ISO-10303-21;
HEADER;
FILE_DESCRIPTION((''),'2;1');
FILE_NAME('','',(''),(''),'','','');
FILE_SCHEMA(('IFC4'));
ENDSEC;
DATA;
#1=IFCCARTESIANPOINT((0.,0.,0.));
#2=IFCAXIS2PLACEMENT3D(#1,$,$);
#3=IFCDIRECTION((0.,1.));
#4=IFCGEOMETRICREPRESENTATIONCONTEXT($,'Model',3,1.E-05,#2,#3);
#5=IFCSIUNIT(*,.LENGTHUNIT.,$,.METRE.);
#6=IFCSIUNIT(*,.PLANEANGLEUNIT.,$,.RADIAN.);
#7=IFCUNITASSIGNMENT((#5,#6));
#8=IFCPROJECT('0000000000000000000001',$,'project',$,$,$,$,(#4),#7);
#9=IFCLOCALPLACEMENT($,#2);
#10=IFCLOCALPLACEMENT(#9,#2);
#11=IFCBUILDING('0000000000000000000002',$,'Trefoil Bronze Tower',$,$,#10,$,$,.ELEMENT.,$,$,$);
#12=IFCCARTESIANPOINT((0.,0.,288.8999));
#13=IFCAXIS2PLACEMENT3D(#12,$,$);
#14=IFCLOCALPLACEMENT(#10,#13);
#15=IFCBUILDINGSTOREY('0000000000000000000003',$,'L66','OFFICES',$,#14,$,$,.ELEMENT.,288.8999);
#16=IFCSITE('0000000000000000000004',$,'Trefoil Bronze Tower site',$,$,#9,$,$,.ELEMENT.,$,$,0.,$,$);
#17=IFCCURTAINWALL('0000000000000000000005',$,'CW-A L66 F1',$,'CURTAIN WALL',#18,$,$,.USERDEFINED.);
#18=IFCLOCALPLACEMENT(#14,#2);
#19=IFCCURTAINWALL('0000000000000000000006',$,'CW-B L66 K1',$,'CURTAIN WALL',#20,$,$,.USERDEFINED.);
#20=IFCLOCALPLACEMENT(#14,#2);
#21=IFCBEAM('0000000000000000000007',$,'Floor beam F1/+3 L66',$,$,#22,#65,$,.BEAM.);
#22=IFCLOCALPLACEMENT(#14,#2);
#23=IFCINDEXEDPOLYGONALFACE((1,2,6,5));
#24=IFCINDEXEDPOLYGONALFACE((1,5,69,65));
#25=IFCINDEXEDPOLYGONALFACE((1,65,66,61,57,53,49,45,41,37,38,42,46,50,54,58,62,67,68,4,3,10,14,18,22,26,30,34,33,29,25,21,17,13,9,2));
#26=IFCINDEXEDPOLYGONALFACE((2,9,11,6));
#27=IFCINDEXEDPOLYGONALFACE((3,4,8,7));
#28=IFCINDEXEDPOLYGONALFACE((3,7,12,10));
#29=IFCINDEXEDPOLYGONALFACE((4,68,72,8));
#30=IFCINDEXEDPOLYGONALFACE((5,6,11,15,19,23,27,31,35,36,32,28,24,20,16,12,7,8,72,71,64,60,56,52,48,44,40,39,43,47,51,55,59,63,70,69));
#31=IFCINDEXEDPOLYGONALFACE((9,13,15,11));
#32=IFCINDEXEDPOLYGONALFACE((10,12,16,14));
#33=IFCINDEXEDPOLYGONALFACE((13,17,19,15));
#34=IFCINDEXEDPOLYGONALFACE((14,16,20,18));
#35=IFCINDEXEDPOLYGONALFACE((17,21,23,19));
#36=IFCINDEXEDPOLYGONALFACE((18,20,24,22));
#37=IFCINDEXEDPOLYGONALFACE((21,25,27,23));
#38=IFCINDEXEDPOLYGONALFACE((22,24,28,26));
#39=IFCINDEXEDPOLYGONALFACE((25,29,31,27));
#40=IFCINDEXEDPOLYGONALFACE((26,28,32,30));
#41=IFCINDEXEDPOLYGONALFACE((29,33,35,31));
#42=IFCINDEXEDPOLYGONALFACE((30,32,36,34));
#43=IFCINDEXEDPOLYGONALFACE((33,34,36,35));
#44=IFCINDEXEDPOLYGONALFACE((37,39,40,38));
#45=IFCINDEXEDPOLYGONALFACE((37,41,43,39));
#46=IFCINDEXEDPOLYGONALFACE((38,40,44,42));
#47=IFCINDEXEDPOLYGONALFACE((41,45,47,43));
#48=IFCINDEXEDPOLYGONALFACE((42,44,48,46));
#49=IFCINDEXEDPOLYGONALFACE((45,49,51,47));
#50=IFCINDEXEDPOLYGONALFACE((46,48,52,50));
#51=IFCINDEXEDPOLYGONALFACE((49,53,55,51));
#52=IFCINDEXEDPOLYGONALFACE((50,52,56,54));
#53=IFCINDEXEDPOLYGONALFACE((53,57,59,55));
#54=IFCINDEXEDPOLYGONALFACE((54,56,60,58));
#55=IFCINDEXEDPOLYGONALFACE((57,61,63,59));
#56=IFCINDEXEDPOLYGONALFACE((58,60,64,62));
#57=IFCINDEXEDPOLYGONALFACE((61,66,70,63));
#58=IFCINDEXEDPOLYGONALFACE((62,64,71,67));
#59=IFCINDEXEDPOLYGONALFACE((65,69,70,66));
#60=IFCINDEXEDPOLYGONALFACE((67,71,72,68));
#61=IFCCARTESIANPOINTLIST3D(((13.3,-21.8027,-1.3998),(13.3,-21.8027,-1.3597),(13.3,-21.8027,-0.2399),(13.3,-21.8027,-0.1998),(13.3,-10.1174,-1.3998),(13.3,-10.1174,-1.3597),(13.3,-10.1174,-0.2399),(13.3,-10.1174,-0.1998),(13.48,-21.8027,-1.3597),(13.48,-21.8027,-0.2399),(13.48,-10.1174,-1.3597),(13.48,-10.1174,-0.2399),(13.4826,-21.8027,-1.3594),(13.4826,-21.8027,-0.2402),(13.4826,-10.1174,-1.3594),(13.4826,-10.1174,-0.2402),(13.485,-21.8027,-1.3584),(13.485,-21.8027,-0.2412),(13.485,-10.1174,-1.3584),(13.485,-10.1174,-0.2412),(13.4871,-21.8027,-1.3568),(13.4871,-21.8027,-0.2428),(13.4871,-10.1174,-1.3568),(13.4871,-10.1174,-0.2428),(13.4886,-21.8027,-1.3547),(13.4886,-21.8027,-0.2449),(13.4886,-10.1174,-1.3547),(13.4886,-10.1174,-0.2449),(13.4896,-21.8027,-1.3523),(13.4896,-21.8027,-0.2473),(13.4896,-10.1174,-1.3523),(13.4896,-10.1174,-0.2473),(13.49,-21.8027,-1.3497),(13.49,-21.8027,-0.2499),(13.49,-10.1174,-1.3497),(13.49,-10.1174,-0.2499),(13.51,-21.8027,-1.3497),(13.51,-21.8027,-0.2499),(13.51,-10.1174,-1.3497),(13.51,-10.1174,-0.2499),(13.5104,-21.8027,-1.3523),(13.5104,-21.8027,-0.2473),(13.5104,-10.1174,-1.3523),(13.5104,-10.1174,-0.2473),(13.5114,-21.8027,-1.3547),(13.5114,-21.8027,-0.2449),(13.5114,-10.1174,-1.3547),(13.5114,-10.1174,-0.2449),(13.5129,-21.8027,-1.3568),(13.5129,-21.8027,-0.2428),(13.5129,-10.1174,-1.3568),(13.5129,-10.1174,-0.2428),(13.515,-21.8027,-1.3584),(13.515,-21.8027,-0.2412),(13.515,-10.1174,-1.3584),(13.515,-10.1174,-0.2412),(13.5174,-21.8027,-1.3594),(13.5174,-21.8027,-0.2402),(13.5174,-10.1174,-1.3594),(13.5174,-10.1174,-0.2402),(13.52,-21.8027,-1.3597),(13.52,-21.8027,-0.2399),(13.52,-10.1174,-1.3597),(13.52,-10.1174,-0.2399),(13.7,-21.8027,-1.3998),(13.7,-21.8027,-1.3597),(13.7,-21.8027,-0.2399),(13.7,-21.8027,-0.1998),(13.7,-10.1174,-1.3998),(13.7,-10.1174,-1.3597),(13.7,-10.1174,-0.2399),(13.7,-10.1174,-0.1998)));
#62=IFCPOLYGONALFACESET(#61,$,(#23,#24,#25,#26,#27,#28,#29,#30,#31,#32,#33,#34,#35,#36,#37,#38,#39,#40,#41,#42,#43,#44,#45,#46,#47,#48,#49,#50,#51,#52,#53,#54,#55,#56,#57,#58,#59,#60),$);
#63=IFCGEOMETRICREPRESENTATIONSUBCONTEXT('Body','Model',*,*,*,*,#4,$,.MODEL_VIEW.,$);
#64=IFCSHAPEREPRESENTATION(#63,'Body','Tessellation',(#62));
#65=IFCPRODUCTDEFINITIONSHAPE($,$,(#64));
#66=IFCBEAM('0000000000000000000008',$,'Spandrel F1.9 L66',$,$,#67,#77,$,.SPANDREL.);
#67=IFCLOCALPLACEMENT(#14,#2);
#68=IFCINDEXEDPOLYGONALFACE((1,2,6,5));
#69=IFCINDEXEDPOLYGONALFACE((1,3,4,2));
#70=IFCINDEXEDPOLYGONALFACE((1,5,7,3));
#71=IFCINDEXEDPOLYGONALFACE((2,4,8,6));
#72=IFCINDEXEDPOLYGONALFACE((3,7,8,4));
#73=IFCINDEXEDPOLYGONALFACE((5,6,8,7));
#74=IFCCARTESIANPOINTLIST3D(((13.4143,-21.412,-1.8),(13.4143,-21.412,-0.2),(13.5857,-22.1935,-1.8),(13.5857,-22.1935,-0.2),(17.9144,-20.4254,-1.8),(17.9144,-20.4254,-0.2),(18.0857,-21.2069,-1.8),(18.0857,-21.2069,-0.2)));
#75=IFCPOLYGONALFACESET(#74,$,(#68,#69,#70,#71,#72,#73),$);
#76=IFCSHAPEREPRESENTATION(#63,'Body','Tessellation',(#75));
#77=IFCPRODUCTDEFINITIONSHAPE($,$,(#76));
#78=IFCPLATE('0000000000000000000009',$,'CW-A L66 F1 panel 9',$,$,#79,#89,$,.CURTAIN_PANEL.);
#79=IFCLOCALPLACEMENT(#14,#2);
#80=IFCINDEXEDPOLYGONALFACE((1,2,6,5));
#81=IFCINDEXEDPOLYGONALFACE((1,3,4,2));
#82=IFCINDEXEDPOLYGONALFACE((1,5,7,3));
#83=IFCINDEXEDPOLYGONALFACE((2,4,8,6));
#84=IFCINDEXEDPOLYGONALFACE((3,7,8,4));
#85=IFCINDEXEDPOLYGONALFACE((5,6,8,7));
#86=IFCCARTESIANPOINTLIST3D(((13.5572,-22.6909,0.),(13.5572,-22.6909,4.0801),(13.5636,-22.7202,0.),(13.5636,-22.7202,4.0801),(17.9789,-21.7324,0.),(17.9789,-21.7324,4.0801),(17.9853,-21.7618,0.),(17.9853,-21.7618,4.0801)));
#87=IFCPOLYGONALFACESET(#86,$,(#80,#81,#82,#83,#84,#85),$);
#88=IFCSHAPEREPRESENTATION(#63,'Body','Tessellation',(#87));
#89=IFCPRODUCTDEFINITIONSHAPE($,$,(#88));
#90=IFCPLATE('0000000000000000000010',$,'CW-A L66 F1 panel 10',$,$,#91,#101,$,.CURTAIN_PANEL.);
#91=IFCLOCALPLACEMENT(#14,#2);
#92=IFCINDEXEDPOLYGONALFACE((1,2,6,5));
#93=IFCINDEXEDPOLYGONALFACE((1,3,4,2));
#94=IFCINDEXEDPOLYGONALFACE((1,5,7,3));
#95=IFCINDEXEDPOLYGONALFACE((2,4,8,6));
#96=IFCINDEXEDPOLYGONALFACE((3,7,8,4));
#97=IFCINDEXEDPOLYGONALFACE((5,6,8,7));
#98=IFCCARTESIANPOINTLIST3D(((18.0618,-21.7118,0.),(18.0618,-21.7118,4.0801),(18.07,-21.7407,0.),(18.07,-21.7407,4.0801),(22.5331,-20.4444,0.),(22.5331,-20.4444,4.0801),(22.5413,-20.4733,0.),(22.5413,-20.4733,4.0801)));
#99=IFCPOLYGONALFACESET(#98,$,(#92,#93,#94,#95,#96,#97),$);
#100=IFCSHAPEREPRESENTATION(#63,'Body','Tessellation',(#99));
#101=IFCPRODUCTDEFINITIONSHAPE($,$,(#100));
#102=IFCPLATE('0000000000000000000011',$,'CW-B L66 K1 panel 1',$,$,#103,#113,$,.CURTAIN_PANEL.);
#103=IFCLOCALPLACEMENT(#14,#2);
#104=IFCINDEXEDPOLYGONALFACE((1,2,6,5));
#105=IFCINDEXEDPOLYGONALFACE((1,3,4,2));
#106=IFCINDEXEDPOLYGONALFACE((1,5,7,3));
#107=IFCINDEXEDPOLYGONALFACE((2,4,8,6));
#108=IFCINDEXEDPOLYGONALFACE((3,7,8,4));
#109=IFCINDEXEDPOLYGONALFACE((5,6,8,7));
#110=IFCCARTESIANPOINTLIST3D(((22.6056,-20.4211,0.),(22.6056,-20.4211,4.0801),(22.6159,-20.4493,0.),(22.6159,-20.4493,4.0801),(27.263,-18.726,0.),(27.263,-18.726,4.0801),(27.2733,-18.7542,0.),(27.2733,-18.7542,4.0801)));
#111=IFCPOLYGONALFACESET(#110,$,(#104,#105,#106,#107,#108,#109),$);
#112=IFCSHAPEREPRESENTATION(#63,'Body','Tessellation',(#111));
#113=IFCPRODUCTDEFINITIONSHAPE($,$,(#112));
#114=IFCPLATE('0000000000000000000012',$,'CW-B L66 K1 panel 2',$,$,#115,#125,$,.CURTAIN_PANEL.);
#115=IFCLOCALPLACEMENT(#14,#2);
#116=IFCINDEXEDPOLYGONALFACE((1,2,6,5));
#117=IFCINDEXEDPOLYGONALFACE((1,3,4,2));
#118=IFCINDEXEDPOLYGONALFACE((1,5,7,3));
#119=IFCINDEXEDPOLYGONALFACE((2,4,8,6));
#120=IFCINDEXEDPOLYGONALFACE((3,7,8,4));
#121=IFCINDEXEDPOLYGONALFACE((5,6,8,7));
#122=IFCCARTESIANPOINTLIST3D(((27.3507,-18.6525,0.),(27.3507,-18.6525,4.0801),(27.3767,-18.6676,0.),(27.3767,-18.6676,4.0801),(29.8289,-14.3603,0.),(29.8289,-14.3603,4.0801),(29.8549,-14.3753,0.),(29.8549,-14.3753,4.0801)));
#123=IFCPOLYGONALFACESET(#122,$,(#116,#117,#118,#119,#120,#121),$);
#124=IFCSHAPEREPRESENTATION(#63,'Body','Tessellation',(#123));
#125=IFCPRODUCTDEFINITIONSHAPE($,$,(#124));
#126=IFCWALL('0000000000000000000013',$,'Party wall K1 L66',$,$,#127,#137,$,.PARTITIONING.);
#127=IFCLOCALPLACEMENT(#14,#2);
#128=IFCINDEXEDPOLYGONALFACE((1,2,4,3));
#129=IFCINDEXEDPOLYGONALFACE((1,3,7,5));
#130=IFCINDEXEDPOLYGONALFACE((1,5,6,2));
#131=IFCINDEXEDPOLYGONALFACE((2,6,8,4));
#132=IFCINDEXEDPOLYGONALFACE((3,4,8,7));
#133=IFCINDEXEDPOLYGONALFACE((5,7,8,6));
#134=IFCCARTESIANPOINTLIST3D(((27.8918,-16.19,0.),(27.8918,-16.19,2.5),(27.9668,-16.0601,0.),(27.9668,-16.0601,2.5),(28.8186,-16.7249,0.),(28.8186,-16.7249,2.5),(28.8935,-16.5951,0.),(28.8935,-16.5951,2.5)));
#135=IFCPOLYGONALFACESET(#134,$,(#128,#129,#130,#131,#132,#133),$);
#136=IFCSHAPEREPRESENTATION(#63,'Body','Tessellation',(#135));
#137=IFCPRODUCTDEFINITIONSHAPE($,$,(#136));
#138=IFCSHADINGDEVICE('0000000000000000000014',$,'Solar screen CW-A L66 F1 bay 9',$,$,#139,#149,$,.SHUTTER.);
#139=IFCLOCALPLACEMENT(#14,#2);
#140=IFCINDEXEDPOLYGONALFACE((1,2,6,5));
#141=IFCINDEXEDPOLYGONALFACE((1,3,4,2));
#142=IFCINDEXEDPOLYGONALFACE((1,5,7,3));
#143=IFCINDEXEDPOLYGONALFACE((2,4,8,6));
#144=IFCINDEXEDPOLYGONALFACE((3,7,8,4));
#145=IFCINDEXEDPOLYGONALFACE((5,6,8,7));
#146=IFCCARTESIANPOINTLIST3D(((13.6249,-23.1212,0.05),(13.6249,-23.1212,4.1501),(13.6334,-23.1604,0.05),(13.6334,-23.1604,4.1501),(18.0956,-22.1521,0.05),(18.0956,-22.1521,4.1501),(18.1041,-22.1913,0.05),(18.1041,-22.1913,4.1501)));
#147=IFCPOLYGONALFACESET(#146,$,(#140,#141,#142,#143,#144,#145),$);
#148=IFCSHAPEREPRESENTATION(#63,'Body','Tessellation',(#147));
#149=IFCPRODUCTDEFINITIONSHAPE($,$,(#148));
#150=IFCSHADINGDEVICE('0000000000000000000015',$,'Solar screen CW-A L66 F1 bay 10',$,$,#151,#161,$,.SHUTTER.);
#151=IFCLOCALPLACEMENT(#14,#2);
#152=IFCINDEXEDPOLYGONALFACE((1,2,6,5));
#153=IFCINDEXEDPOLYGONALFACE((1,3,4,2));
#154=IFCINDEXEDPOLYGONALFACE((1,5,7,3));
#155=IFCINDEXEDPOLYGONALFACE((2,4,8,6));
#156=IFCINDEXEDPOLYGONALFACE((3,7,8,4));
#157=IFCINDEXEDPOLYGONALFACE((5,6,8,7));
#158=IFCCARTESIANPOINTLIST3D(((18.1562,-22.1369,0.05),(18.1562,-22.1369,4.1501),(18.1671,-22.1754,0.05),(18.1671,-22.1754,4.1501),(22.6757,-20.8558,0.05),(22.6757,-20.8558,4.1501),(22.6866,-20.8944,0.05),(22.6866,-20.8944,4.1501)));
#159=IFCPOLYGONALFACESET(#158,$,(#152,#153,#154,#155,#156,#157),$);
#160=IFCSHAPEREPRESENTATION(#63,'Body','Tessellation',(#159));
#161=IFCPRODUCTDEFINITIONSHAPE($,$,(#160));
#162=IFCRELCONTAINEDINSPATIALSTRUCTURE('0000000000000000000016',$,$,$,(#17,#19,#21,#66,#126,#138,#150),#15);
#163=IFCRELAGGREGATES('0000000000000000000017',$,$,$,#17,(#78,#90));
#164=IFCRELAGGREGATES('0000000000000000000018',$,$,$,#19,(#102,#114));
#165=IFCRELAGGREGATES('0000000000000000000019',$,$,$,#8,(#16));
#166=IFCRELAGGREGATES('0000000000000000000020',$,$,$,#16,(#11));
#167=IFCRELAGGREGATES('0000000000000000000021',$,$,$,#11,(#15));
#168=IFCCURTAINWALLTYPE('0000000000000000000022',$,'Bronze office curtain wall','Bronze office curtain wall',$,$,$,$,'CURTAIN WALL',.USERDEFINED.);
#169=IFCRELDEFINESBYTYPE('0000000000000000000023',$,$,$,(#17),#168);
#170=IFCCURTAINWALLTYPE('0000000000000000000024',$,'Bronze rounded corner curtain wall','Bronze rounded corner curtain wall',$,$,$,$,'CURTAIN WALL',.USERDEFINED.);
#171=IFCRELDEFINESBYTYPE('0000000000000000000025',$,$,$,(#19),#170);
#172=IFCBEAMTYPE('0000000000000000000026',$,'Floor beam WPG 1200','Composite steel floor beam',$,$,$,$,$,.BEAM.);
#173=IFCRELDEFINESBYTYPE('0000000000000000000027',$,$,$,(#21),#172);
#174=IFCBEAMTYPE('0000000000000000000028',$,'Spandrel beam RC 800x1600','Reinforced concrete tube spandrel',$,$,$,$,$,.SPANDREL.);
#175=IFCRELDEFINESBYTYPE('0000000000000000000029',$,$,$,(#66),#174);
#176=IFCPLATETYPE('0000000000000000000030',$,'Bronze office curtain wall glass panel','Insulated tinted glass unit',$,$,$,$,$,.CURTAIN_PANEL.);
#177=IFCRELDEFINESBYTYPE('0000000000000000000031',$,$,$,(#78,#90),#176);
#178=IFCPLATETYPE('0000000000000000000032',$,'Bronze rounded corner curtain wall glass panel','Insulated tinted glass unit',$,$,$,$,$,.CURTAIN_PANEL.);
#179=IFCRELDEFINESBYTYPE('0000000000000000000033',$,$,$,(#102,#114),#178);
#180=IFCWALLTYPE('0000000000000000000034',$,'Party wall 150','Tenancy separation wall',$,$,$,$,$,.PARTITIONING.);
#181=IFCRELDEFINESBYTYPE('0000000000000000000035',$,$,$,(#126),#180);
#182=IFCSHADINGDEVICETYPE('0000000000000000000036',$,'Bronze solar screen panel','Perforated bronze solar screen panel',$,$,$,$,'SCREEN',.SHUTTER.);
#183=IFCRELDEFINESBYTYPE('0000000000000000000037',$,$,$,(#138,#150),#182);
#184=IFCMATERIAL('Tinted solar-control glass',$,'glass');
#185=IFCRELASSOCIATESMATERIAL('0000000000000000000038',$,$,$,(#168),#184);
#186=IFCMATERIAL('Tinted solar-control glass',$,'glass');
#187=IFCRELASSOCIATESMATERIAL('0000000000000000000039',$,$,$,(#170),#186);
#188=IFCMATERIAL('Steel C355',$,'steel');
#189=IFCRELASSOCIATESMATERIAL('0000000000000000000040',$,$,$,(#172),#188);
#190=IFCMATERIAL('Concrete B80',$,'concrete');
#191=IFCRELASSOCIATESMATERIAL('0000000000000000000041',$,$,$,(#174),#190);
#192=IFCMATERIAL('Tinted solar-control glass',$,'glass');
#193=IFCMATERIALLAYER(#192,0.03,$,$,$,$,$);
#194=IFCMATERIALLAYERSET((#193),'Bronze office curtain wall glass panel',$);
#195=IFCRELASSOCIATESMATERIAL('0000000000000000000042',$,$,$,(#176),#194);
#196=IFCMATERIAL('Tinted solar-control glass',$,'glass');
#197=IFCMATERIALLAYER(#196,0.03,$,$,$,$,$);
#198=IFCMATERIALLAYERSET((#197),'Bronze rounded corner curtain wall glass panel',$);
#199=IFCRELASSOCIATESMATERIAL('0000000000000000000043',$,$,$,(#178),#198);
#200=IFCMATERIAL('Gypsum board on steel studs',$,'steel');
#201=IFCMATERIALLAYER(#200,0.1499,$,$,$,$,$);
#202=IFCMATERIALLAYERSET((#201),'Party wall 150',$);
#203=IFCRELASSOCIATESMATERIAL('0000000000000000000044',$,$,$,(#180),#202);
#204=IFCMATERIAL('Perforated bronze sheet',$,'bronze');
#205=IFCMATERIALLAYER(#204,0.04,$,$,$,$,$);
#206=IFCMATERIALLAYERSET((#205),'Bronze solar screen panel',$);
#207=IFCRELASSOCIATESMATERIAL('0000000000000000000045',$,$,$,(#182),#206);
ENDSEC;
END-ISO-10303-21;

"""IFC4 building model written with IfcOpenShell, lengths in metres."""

from ifc_helpers import new_model, si_unit, direction, frame, frame_2d, origin, origin_2d, place, context, subcontext, project, spatial, rectangle, i_section, extrude, material, layer, layer_set, material_profile, profile_set, type_object, element, aggregate, save


model = new_model("IFC4")

# Units and contexts
model_context = context("Model", 3, precision=1e-05, world=origin(), true_north=direction((0.0, 1.0)))
body_context = subcontext(model_context, "Body", "Model", "MODEL_VIEW")
ifc_project = project(units=[si_unit("LENGTHUNIT", "METRE"), si_unit("PLANEANGLEUNIT", "RADIAN")], contexts=[model_context])

# Site, building, storey
site_placement = place(None, origin())
site = spatial("IfcSite", under=ifc_project, at=site_placement, Name="Trefoil Bronze Tower site", CompositionType="ELEMENT", RefElevation=0.0)
building_placement = place(site_placement, origin())
building = spatial("IfcBuilding", under=site, at=building_placement, Name="Trefoil Bronze Tower", CompositionType="ELEMENT")
storey_placement = place(building_placement, frame((0.0, 0.0, 288.8999)))
storey = spatial("IfcBuildingStorey", under=building, at=storey_placement, Name="L66", Description="OFFICES", CompositionType="ELEMENT", Elevation=288.8999)

# Curtain walls
ifc_material_1 = material(Name="Tinted solar-control glass", Category="glass")
curtain_wall_type_1 = type_object("IfcCurtainWallType", Name="Bronze office curtain wall", Description="Bronze office curtain wall", ElementType="CURTAIN WALL", PredefinedType="USERDEFINED", material=ifc_material_1)
curtain_wall_1_placement = place(storey_placement, origin())
curtain_wall_1 = element("IfcCurtainWall", 1, at=curtain_wall_1_placement, inside=storey, type_object=curtain_wall_type_1, Name="CW-A L66 F1", ObjectType="CURTAIN WALL", PredefinedType="USERDEFINED")
ifc_material_2 = material(Name="Tinted solar-control glass", Category="glass")
curtain_wall_type_2 = type_object("IfcCurtainWallType", Name="Bronze rounded corner curtain wall", Description="Bronze rounded corner curtain wall", ElementType="CURTAIN WALL", PredefinedType="USERDEFINED", material=ifc_material_2)
curtain_wall_2_placement = place(storey_placement, origin())
curtain_wall_2 = element("IfcCurtainWall", 2, at=curtain_wall_2_placement, inside=storey, type_object=curtain_wall_type_2, Name="CW-B L66 K1", ObjectType="CURTAIN WALL", PredefinedType="USERDEFINED")

# Beams
ifc_material_3 = material(Name="Steel C355", Category="steel")
ifc_material_profile_1 = material_profile(ifc_material_3, i_section(OverallWidth=0.3999, OverallDepth=1.2, WebThickness=0.02, FlangeThickness=0.04, FilletRadius=0.01, at=origin_2d()), Name="WPG 1200")
ifc_profile_set_1 = profile_set([ifc_material_profile_1], Name="Steel C355")
beam_type_1 = type_object("IfcBeamType", Name="Floor beam WPG 1200", Description="Composite steel floor beam", PredefinedType="BEAM", material=ifc_profile_set_1)
beam_1_placement = place(storey_placement, frame((13.5, -21.8027, -0.7998), z_axis=(0.0, 1.0, 0.0), x_axis=(-1.0, 0.0, 0.0)))
element("IfcBeam", 3, at=beam_1_placement, inside=storey, type_object=beam_type_1, Name="Floor beam F1/+3 L66", PredefinedType="BEAM", context=body_context, shape_type="SweptSolid", body=[
    extrude(i_section(OverallWidth=0.3999, OverallDepth=1.2, WebThickness=0.02, FlangeThickness=0.04, FilletRadius=0.01, at=origin_2d()), origin(), (0.0, 0.0, 1.0), 11.6853),
])
ifc_material_4 = material(Name="Concrete B80", Category="concrete")
ifc_material_profile_2 = material_profile(ifc_material_4, rectangle(XDim=0.8, YDim=1.6001, at=origin_2d()), Name="RC 800x1600")
ifc_profile_set_2 = profile_set([ifc_material_profile_2], Name="Concrete B80")
beam_type_2 = type_object("IfcBeamType", Name="Spandrel beam RC 800x1600", Description="Reinforced concrete tube spandrel", PredefinedType="SPANDREL", material=ifc_profile_set_2)
beam_2_placement = place(storey_placement, frame((13.5, -21.8027, -1.0), z_axis=(0.9768, 0.214152, 0.0), x_axis=(-0.214152, 0.9768, 0.0)))
element("IfcBeam", 4, at=beam_2_placement, inside=storey, type_object=beam_type_2, Name="Spandrel F1.9 L66", PredefinedType="SPANDREL", context=body_context, shape_type="SweptSolid", body=[
    extrude(rectangle(XDim=0.8, YDim=1.6001, at=origin_2d()), origin(), (0.0, 0.0, 1.0), 4.6069),
])

# Plates
ifc_material_5 = material(Name="Tinted solar-control glass", Category="glass")
ifc_layer_1 = layer(ifc_material_5, 0.03)
ifc_layer_set_1 = layer_set([ifc_layer_1], Name="Bronze office curtain wall glass panel")
plate_type_1 = type_object("IfcPlateType", Name="Bronze office curtain wall glass panel", Description="Insulated tinted glass unit", PredefinedType="CURTAIN_PANEL", material=ifc_layer_set_1)
plate_1_placement = place(storey_placement, frame((15.7712, -22.2263, 0.0), z_axis=(0.0, 0.0, 1.0), x_axis=(0.977303, 0.211846, 0.0)))
plate_1 = element("IfcPlate", 5, at=plate_1_placement, type_object=plate_type_1, Name="CW-A L66 F1 panel 9", PredefinedType="CURTAIN_PANEL", context=body_context, shape_type="SweptSolid", body=[
    extrude(rectangle(XDim=4.5244, YDim=0.03, at=origin_2d()), origin(), (0.0, 0.0, 1.0), 4.0801),
])
plate_2_placement = place(storey_placement, frame((20.3015, -21.0925, 0.0), z_axis=(0.0, 0.0, 1.0), x_axis=(0.962098, 0.272705, 0.0)))
plate_2 = element("IfcPlate", 6, at=plate_2_placement, type_object=plate_type_1, Name="CW-A L66 F1 panel 10", PredefinedType="CURTAIN_PANEL", context=body_context, shape_type="SweptSolid", body=[
    extrude(rectangle(XDim=4.6475, YDim=0.03, at=origin_2d()), origin(), (0.0, 0.0, 1.0), 4.0801),
])
aggregate(curtain_wall_1, [plate_1, plate_2])
ifc_material_6 = material(Name="Tinted solar-control glass", Category="glass")
ifc_layer_2 = layer(ifc_material_6, 0.03)
ifc_layer_set_2 = layer_set([ifc_layer_2], Name="Bronze rounded corner curtain wall glass panel")
plate_type_2 = type_object("IfcPlateType", Name="Bronze rounded corner curtain wall glass panel", Description="Insulated tinted glass unit", PredefinedType="CURTAIN_PANEL", material=ifc_layer_set_2)
plate_3_placement = place(storey_placement, frame((24.9395, -19.5876, 0.0), z_axis=(0.0, 0.0, 1.0), x_axis=(0.939693, 0.34202, 0.0)))
plate_3 = element("IfcPlate", 7, at=plate_3_placement, type_object=plate_type_2, Name="CW-B L66 K1 panel 1", PredefinedType="CURTAIN_PANEL", context=body_context, shape_type="SweptSolid", body=[
    extrude(rectangle(XDim=4.9563, YDim=0.03, at=origin_2d()), origin(), (0.0, 0.0, 1.0), 4.0801),
])
plate_4_placement = place(storey_placement, frame((28.6028, -16.5139, 0.0), z_axis=(0.0, 0.0, 1.0), x_axis=(0.5, 0.866025, 0.0)))
plate_4 = element("IfcPlate", 8, at=plate_4_placement, type_object=plate_type_2, Name="CW-B L66 K1 panel 2", PredefinedType="CURTAIN_PANEL", context=body_context, shape_type="SweptSolid", body=[
    extrude(rectangle(XDim=4.9563, YDim=0.03, at=origin_2d()), origin(), (0.0, 0.0, 1.0), 4.0801),
])
aggregate(curtain_wall_2, [plate_3, plate_4])

# Wall
ifc_material_7 = material(Name="Gypsum board on steel studs", Category="steel")
ifc_layer_3 = layer(ifc_material_7, 0.1499)
ifc_layer_set_3 = layer_set([ifc_layer_3], Name="Party wall 150")
wall_type = type_object("IfcWallType", Name="Party wall 150", Description="Tenancy separation wall", PredefinedType="PARTITIONING", material=ifc_layer_set_3)
wall_placement = place(storey_placement, frame((27.9292, -16.125, 0.0), z_axis=(0.0, 0.0, 1.0), x_axis=(0.866087, -0.499894, 0.0)))
element("IfcWall", 9, at=wall_placement, inside=storey, type_object=wall_type, Name="Party wall K1 L66", PredefinedType="PARTITIONING", context=body_context, shape_type="SweptSolid", body=[
    extrude(rectangle(XDim=1.0701, YDim=0.1499, at=frame_2d((0.5352, 0.0))), origin(), (0.0, 0.0, 1.0), 2.5),
])

# Shading devices
ifc_material_8 = material(Name="Perforated bronze sheet", Category="bronze")
ifc_layer_4 = layer(ifc_material_8, 0.04)
ifc_layer_set_4 = layer_set([ifc_layer_4], Name="Bronze solar screen panel")
shading_device_type = type_object("IfcShadingDeviceType", Name="Bronze solar screen panel", Description="Perforated bronze solar screen panel", ElementType="SCREEN", PredefinedType="SHUTTER", material=ifc_layer_set_4)
shading_device_1_placement = place(storey_placement, frame((15.8645, -22.6562, 0.05), z_axis=(0.0, 0.0, 1.0), x_axis=(0.977303, 0.211846, 0.0)))
element("IfcShadingDevice", 10, at=shading_device_1_placement, inside=storey, type_object=shading_device_type, Name="Solar screen CW-A L66 F1 bay 9", PredefinedType="SHUTTER", context=body_context, shape_type="SweptSolid", body=[
    extrude(rectangle(XDim=4.5745, YDim=0.04, at=origin_2d()), origin(), (0.0, 0.0, 1.0), 4.1001),
])
shading_device_2_placement = place(storey_placement, frame((20.4214, -21.5156, 0.05), z_axis=(0.0, 0.0, 1.0), x_axis=(0.962098, 0.272705, 0.0)))
element("IfcShadingDevice", 11, at=shading_device_2_placement, inside=storey, type_object=shading_device_type, Name="Solar screen CW-A L66 F1 bay 10", PredefinedType="SHUTTER", context=body_context, shape_type="SweptSolid", body=[
    extrude(rectangle(XDim=4.6975, YDim=0.04, at=origin_2d()), origin(), (0.0, 0.0, 1.0), 4.1001),
])

save(model, "model.ifc")
